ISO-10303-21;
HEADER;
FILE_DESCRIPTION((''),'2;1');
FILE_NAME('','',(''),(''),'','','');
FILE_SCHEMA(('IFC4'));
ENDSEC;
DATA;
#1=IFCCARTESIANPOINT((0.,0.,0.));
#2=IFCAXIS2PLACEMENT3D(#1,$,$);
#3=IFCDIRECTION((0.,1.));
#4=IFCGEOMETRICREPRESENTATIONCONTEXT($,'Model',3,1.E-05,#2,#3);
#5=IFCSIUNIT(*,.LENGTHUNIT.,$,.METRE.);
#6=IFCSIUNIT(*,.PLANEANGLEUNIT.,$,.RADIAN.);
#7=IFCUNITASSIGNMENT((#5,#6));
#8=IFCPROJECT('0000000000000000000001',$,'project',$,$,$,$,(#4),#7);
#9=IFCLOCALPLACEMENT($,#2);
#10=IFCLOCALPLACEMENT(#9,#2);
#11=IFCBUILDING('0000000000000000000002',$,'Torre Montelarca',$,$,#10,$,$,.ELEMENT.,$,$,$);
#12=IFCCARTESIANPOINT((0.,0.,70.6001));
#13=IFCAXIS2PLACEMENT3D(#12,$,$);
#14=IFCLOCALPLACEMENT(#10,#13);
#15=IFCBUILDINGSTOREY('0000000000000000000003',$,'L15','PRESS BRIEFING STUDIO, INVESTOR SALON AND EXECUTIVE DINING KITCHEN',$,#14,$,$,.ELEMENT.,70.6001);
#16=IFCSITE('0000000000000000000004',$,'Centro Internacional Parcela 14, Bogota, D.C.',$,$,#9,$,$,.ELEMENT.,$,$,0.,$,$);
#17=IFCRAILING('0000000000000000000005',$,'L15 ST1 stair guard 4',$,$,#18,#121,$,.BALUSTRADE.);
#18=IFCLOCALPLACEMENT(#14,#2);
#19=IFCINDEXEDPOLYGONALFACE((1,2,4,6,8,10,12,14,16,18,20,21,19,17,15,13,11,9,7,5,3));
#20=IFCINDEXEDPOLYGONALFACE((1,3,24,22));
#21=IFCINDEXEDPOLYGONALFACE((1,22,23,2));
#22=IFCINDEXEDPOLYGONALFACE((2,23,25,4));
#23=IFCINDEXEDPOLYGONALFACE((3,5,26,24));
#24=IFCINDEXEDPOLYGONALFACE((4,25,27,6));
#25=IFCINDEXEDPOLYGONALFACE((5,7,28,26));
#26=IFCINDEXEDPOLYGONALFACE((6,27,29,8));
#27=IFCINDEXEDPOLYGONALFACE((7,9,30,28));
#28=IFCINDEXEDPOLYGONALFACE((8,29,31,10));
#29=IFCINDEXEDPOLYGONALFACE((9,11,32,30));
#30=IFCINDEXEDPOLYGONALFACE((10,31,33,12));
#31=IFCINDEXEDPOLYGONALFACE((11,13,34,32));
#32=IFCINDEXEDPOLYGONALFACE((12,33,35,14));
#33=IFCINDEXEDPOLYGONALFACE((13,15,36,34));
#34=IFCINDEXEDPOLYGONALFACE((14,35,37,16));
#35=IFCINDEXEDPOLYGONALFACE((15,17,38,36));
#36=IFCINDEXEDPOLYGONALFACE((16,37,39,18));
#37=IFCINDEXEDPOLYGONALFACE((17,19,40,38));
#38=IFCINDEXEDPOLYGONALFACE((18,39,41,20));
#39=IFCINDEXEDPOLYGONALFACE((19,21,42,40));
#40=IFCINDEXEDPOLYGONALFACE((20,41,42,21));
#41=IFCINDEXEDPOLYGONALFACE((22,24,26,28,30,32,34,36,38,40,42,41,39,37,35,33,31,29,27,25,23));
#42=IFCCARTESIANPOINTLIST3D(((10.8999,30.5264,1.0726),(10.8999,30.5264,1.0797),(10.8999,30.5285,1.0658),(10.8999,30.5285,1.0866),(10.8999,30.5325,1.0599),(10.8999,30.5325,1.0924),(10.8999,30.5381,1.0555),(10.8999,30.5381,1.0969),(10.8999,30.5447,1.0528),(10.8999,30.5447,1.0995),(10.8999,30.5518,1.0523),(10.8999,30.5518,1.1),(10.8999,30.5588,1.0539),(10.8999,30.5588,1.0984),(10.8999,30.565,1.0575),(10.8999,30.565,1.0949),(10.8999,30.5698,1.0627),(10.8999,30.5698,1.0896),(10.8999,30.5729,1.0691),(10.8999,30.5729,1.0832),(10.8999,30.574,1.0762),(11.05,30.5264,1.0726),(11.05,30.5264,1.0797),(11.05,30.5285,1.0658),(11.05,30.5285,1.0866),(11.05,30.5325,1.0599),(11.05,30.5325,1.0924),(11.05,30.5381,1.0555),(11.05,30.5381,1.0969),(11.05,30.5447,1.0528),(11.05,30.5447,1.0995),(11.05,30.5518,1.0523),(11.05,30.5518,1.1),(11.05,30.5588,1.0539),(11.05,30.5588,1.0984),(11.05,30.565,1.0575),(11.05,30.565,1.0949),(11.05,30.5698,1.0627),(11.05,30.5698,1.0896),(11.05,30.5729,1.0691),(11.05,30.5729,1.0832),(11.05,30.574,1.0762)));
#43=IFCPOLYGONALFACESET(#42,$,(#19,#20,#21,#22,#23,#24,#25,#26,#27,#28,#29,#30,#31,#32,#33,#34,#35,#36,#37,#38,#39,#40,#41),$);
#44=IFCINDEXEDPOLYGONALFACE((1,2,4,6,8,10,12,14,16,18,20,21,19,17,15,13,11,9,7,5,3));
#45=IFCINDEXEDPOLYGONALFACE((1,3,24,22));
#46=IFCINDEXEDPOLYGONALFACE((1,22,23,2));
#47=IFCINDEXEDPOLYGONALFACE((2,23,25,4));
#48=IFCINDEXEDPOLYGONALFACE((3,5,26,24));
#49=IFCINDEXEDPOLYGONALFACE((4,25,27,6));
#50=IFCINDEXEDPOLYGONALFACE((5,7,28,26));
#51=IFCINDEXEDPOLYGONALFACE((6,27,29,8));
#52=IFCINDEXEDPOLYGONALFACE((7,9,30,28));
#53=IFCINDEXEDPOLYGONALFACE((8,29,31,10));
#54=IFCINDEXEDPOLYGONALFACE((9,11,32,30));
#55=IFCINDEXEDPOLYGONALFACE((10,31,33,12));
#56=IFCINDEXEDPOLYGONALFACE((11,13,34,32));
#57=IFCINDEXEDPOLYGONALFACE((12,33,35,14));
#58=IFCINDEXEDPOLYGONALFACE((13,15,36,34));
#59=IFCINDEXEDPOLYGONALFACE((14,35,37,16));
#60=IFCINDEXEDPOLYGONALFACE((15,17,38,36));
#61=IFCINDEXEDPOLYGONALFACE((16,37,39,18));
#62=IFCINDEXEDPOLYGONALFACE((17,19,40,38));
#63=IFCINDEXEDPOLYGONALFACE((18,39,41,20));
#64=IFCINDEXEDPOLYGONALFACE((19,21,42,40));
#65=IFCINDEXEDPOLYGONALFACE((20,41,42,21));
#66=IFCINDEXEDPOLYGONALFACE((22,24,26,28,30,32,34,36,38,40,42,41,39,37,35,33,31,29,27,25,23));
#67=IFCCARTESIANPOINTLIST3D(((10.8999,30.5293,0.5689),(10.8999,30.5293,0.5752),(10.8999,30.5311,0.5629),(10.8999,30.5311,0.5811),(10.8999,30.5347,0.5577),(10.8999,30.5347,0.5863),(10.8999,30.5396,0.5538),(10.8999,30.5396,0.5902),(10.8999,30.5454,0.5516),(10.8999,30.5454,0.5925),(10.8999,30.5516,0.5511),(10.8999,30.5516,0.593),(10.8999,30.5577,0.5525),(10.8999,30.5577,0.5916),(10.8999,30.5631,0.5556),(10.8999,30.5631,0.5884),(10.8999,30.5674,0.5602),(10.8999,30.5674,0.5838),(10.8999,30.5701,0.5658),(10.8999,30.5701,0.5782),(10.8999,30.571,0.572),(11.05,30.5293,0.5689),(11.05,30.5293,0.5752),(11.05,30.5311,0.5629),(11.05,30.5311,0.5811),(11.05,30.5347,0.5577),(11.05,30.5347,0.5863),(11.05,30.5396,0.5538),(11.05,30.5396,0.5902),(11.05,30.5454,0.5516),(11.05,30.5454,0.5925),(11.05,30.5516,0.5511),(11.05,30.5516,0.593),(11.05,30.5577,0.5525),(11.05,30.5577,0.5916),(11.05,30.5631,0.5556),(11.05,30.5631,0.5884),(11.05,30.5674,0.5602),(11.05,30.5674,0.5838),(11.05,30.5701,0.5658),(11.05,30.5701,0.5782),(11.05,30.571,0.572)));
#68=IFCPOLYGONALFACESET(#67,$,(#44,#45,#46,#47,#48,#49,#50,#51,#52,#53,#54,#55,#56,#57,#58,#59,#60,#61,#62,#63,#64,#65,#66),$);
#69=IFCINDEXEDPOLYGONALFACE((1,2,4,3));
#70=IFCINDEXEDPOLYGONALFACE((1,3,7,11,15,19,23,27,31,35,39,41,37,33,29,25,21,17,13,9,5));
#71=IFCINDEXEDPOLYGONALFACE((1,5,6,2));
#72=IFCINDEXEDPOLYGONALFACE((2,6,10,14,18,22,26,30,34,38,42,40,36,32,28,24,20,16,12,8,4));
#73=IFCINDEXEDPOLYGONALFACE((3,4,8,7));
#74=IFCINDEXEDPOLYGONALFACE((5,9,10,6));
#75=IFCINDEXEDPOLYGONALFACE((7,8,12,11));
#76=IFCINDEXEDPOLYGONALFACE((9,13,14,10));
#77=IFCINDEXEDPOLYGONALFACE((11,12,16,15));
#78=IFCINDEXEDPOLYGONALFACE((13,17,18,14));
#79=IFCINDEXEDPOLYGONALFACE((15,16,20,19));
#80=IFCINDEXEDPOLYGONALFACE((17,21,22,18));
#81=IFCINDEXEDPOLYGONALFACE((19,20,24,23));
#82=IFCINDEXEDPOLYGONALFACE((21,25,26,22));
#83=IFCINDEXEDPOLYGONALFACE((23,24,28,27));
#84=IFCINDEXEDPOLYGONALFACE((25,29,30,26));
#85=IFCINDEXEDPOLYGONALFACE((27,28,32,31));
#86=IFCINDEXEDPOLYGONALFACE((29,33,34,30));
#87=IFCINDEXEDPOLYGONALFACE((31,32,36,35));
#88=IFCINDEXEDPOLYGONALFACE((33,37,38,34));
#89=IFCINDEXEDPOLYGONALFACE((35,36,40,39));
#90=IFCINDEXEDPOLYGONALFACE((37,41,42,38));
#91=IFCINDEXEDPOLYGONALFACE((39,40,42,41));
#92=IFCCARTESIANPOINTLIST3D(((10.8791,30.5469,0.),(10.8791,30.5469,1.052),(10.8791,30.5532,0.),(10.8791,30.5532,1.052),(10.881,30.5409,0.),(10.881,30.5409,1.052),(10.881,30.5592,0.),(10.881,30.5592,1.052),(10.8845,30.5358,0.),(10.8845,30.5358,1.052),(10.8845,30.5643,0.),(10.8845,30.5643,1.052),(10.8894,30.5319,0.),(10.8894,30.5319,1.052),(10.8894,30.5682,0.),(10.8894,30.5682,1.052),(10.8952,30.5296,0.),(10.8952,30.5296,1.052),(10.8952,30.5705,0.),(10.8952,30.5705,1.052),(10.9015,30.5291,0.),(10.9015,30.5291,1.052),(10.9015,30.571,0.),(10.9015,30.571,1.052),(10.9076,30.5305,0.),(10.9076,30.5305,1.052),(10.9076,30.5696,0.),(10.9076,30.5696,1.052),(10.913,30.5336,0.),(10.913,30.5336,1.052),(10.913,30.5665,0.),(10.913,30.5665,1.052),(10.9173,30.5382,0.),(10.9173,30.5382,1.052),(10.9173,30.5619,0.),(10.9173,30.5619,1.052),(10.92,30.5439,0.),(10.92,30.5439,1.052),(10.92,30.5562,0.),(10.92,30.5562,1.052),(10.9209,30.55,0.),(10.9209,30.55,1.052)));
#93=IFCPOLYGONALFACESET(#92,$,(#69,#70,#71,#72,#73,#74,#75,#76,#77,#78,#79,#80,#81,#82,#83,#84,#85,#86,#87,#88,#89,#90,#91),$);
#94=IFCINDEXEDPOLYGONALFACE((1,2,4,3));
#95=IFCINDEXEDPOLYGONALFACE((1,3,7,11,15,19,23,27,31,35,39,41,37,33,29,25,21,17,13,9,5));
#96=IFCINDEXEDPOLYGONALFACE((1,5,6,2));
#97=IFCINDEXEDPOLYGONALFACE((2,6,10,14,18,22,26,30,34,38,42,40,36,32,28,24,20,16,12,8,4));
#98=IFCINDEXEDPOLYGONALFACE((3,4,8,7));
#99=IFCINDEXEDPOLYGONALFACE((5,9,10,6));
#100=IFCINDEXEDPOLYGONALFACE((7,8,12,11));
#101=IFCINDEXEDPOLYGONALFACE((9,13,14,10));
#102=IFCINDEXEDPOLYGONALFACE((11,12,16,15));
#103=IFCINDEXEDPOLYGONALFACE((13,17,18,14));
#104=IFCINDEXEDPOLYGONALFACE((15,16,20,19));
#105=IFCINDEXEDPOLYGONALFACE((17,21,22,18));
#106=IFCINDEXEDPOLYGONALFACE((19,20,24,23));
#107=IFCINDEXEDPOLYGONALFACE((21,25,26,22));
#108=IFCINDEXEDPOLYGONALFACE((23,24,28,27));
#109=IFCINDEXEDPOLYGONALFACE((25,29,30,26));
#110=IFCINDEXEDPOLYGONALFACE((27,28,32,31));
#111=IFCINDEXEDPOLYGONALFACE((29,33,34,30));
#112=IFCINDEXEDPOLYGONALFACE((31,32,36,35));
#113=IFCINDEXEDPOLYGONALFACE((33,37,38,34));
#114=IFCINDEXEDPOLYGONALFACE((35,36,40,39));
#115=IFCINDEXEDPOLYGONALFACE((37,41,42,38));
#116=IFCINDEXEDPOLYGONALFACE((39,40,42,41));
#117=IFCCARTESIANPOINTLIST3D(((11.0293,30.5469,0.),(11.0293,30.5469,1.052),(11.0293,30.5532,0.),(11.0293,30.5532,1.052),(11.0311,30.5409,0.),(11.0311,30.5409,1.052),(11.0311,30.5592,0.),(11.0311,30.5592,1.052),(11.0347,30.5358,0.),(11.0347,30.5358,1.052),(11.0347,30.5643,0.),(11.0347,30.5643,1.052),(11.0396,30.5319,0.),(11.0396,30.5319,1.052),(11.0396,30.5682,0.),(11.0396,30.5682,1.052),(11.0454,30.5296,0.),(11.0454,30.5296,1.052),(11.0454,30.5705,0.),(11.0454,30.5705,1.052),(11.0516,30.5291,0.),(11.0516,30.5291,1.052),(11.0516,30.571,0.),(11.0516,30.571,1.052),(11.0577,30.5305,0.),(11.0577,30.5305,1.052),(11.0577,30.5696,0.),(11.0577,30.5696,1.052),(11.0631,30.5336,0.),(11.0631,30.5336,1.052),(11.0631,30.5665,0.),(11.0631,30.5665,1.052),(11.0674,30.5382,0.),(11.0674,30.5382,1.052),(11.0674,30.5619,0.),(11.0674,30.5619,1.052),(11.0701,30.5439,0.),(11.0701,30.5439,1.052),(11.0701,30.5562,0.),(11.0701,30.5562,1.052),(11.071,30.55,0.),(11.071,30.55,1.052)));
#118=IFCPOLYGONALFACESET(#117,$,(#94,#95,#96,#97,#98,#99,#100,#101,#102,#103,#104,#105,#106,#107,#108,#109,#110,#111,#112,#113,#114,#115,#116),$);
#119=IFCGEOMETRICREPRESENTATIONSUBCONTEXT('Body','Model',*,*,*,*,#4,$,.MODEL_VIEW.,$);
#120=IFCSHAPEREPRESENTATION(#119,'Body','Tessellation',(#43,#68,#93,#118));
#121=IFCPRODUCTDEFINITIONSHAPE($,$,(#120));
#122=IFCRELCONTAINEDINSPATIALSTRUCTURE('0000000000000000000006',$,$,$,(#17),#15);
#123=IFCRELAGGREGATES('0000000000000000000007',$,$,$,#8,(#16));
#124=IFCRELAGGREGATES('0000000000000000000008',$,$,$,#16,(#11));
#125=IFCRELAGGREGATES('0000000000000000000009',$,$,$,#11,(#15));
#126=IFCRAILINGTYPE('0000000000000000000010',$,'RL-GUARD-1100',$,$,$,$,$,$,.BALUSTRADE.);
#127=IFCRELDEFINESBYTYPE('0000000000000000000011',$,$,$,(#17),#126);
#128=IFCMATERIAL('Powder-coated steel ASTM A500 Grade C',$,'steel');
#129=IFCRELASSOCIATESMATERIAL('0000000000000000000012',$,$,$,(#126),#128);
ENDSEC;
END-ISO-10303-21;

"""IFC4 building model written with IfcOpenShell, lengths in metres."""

from ifc_helpers import new_model, si_unit, direction, frame, origin, origin_2d, place, context, subcontext, project, spatial, circle, extrude, material, type_object, element, save


model = new_model("IFC4")

# Units and contexts
model_context = context("Model", 3, precision=1e-05, world=origin(), true_north=direction((0.0, 1.0)))
body_context = subcontext(model_context, "Body", "Model", "MODEL_VIEW")
ifc_project = project(units=[si_unit("LENGTHUNIT", "METRE"), si_unit("PLANEANGLEUNIT", "RADIAN")], contexts=[model_context])

# Site, building, storey
site_placement = place(None, origin())
site = spatial("IfcSite", under=ifc_project, at=site_placement, Name="Centro Internacional Parcela 14, Bogota, D.C.", CompositionType="ELEMENT", RefElevation=0.0)
building_placement = place(site_placement, origin())
building = spatial("IfcBuilding", under=site, at=building_placement, Name="Torre Montelarca", CompositionType="ELEMENT")
storey_placement = place(building_placement, frame((0.0, 0.0, 70.6001)))
storey = spatial("IfcBuildingStorey", under=building, at=storey_placement, Name="L15", Description="PRESS BRIEFING STUDIO, INVESTOR SALON AND EXECUTIVE DINING KITCHEN", CompositionType="ELEMENT", Elevation=70.6001)

# Railing
ifc_material_1 = material(Name="Powder-coated steel ASTM A500 Grade C", Category="steel")
railing_type_1 = type_object("IfcRailingType", Name="RL-GUARD-1100", PredefinedType="BALUSTRADE", material=ifc_material_1)
railing_1_placement = place(storey_placement, frame((10.8999, 30.55, 0.0)))
element("IfcRailing", 1, at=railing_1_placement, inside=storey, type_object=railing_type_1, Name="L15 ST1 stair guard 4", PredefinedType="BALUSTRADE", context=body_context, shape_type="SweptSolid", body=[
    extrude(circle(Radius=0.0239, at=origin_2d()), frame((0.0, 0.0, 1.0762), z_axis=(1.0, 0.0, 0.0), x_axis=(0.0, 1.0, 0.0)), (0.0, 0.0, 1.0), 0.1501),
    extrude(circle(Radius=0.021, at=origin_2d()), frame((0.0, 0.0, 0.572), z_axis=(1.0, 0.0, 0.0), x_axis=(0.0, 1.0, 0.0)), (0.0, 0.0, 1.0), 0.1501),
    extrude(circle(Radius=0.021, at=origin_2d()), origin(), (0.0, 0.0, 1.0), 1.052),
    extrude(circle(Radius=0.021, at=origin_2d()), frame((0.1501, 0.0, 0.0)), (0.0, 0.0, 1.0), 1.052),
])

save(model, "model.ifc")
